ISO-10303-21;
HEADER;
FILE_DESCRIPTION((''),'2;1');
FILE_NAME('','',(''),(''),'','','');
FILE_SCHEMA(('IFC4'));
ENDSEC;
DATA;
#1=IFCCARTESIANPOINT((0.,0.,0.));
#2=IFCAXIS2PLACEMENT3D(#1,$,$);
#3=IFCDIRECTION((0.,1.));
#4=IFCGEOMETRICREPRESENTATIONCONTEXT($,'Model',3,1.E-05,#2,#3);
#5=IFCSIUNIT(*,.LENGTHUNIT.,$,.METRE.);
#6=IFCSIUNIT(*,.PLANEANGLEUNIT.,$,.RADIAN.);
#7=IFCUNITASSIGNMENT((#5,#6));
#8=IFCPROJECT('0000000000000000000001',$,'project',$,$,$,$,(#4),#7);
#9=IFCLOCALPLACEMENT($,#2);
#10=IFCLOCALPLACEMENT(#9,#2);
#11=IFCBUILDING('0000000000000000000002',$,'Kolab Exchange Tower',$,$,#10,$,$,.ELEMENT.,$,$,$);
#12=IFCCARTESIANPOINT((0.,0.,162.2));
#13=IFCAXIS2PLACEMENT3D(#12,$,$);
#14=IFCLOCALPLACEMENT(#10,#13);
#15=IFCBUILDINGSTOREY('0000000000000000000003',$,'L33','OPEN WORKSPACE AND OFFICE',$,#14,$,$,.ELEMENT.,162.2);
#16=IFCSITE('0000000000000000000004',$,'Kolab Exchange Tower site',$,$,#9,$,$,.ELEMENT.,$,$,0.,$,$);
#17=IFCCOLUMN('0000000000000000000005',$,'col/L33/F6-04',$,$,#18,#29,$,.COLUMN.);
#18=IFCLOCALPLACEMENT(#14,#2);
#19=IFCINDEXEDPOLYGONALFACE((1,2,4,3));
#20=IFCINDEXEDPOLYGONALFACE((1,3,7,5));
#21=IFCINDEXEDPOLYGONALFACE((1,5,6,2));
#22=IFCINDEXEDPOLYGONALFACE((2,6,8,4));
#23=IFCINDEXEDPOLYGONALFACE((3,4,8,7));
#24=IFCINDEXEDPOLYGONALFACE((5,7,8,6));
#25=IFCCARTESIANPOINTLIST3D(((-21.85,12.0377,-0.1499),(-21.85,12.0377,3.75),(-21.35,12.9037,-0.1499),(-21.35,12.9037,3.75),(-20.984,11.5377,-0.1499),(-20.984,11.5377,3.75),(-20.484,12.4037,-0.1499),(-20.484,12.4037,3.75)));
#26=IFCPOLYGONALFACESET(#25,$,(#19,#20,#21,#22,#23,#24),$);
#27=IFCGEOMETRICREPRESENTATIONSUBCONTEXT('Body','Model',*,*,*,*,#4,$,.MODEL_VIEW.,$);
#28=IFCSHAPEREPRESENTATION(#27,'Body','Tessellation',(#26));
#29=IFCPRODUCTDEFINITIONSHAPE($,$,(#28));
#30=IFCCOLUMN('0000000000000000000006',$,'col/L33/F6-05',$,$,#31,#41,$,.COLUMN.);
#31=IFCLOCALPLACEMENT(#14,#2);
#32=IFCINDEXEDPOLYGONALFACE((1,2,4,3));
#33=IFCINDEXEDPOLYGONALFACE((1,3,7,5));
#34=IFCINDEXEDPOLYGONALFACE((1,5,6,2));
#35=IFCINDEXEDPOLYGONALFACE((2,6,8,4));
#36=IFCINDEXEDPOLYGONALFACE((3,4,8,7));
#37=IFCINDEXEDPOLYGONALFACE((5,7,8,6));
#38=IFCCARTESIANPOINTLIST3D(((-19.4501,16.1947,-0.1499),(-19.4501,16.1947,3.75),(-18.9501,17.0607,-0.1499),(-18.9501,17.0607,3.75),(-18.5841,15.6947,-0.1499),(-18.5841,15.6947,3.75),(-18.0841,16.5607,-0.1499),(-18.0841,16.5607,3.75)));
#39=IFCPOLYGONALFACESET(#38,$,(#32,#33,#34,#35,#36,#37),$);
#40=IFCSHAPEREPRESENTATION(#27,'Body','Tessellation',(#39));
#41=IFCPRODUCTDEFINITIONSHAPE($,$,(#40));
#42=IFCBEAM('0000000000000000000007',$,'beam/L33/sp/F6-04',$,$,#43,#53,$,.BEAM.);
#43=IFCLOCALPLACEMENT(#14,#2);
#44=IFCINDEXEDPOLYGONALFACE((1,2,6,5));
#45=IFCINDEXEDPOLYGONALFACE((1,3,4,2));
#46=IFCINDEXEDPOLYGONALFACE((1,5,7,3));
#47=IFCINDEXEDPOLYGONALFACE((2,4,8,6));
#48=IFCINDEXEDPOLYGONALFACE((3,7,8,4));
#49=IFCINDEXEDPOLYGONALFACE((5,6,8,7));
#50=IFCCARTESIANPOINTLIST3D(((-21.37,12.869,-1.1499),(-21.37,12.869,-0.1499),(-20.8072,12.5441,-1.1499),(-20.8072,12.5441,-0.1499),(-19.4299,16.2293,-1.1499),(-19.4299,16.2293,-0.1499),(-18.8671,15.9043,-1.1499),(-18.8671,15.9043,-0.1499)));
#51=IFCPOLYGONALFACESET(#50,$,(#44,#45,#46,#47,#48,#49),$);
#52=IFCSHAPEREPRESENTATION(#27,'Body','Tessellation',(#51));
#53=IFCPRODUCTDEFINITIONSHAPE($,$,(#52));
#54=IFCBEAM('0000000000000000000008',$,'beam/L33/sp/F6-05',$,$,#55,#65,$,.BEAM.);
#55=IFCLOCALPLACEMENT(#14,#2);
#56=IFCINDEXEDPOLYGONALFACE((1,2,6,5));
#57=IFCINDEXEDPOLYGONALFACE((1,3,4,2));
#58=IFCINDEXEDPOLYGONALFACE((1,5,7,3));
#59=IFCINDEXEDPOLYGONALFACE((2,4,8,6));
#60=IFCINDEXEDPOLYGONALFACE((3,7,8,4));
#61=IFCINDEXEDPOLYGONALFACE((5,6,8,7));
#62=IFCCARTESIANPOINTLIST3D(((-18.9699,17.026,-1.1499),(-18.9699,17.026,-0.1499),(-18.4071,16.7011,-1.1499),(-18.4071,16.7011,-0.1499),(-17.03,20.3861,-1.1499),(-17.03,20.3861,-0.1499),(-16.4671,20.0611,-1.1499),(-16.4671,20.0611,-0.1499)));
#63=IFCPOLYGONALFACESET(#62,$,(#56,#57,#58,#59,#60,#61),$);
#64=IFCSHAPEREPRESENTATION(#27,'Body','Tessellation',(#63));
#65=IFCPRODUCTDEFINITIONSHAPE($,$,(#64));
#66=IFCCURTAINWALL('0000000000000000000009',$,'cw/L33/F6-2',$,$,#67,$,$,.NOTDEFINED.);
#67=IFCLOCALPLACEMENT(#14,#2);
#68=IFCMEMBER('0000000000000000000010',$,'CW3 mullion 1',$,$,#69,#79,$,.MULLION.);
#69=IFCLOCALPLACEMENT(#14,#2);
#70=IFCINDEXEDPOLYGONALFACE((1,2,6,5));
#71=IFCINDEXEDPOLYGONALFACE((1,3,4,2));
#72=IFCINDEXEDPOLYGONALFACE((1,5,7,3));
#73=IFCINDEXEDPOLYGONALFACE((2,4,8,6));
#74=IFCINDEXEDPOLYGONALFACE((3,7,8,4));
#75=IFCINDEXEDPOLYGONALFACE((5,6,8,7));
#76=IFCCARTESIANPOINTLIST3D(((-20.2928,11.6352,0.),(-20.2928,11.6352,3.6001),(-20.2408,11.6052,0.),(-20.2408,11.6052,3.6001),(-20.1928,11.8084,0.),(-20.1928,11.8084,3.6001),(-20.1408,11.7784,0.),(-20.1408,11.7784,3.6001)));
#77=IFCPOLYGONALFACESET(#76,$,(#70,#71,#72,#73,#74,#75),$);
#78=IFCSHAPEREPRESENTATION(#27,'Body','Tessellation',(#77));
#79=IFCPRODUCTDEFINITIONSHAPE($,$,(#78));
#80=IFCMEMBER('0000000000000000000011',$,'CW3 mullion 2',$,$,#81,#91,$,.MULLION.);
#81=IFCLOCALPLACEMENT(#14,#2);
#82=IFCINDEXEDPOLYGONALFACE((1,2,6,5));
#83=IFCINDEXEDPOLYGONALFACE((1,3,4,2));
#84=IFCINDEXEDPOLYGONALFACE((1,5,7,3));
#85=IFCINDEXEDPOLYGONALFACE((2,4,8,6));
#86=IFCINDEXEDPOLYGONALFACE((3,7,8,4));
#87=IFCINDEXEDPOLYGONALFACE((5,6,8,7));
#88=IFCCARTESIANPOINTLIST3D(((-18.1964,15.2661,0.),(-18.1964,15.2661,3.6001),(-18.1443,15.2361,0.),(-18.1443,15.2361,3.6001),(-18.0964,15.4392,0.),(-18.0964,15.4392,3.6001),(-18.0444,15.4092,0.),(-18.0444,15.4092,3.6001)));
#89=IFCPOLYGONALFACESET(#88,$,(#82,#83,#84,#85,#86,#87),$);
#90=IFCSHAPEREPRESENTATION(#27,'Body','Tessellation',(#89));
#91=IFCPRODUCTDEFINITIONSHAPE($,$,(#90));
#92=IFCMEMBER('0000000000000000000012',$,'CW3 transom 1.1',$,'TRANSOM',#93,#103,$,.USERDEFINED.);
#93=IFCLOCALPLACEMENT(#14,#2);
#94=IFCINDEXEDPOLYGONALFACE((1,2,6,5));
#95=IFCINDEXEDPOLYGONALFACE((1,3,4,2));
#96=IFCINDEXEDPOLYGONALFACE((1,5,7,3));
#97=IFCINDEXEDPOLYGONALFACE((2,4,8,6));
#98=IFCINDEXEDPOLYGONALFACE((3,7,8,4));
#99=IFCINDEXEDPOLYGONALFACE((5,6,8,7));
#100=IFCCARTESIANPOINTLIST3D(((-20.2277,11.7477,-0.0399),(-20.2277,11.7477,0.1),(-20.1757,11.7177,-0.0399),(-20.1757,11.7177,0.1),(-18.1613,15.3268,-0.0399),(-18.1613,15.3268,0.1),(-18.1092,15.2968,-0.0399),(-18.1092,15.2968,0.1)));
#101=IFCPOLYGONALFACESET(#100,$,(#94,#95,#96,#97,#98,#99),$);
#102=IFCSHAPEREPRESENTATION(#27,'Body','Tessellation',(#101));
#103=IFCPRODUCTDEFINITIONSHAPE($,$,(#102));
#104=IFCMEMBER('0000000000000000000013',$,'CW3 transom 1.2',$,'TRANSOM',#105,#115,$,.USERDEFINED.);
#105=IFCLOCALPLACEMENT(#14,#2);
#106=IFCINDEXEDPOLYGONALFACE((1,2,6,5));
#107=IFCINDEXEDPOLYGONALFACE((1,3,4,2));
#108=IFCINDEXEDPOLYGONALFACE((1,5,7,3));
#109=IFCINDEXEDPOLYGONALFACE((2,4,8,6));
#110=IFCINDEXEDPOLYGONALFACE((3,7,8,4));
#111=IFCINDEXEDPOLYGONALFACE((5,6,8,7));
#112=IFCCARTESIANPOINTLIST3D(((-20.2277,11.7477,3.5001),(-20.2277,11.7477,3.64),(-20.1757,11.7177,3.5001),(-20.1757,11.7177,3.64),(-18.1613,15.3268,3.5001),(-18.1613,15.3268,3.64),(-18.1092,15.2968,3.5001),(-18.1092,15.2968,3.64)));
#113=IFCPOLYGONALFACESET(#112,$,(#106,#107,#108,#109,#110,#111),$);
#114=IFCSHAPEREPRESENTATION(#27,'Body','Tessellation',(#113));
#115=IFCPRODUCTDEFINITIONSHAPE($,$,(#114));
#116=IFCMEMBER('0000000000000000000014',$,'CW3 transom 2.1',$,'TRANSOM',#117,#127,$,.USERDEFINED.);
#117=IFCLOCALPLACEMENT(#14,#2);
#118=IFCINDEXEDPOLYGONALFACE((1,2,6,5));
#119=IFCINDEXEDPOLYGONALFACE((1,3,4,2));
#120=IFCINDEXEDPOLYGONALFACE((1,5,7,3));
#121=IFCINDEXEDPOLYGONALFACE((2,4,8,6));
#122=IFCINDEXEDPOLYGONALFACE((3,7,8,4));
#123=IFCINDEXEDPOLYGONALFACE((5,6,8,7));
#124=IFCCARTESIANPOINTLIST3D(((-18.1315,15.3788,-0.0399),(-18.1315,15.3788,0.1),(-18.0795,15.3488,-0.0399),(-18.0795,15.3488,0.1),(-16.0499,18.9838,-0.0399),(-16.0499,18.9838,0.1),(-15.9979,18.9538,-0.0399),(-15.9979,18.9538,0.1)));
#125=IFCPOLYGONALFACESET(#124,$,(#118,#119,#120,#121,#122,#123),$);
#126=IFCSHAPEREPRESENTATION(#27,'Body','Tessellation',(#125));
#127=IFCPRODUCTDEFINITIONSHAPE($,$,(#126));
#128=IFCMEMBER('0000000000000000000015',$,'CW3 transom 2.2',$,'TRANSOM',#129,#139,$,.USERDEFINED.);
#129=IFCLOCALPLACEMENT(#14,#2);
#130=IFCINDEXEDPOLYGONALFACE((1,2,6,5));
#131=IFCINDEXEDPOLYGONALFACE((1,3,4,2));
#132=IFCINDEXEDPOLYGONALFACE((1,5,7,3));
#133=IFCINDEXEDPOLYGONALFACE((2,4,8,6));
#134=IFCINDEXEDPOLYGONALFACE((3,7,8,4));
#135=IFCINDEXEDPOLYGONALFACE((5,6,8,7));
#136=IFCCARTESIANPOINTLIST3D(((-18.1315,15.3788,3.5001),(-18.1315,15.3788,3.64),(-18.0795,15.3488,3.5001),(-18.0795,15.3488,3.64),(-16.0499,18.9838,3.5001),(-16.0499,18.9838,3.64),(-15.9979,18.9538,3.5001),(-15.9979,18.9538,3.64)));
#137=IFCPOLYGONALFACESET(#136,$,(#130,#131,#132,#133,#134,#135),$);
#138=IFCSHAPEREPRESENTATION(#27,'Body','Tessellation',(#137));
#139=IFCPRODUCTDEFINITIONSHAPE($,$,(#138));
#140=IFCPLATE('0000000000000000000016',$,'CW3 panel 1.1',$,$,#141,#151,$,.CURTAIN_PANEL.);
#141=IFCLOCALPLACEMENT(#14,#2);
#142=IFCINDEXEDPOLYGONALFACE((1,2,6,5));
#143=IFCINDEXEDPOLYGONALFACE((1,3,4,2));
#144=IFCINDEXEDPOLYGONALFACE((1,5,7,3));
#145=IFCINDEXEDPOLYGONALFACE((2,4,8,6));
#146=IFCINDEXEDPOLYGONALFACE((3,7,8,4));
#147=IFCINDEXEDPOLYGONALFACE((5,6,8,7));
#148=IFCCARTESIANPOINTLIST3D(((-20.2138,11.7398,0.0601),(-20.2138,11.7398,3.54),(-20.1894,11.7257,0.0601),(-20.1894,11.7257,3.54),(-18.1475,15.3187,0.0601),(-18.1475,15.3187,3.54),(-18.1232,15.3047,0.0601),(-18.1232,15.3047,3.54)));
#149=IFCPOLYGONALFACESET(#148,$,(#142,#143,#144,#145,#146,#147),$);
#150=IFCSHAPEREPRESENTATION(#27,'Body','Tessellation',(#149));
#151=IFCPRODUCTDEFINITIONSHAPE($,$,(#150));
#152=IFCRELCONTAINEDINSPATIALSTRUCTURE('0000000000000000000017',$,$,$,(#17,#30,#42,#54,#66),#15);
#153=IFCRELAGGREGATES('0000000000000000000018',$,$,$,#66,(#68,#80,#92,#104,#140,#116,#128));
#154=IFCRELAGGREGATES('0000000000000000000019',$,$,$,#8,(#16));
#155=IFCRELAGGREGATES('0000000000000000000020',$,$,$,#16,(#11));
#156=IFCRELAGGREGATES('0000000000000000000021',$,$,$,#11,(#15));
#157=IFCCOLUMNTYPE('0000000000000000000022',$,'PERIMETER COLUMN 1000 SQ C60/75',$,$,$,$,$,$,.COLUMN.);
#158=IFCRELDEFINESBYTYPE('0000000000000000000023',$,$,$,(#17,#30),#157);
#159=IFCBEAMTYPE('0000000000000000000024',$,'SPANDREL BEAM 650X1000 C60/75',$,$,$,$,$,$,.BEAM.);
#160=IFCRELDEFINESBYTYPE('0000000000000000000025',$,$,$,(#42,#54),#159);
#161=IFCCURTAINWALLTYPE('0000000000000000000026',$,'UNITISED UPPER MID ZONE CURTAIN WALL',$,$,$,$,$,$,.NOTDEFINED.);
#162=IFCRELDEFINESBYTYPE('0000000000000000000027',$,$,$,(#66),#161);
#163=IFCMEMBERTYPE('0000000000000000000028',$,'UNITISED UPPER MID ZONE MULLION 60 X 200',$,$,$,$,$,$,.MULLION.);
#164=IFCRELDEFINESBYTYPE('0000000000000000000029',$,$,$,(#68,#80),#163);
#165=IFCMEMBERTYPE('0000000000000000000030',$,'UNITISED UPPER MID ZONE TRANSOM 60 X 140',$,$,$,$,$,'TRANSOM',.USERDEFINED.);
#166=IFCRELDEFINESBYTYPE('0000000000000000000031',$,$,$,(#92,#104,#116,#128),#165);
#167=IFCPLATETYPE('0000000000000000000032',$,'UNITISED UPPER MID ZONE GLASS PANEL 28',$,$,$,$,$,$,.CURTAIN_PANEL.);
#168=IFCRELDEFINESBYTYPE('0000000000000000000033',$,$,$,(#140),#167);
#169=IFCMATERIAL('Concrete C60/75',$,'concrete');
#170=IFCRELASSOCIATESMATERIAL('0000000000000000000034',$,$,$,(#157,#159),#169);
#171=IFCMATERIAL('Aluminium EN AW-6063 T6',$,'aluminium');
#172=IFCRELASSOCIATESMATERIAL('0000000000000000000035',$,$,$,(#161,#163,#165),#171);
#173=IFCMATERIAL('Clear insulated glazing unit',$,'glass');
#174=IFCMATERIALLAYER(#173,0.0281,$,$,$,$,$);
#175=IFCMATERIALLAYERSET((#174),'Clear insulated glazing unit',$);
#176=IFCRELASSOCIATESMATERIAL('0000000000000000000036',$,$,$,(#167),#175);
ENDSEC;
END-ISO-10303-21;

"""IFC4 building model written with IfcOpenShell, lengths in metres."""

from ifc_helpers import new_model, si_unit, direction, frame, origin, origin_2d, place, context, subcontext, project, spatial, rectangle, extrude, material, layer, layer_set, material_profile, profile_set, type_object, element, aggregate, save


model = new_model("IFC4")

# Units and contexts
model_context = context("Model", 3, precision=1e-05, world=origin(), true_north=direction((0.0, 1.0)))
body_context = subcontext(model_context, "Body", "Model", "MODEL_VIEW")
ifc_project = project(units=[si_unit("LENGTHUNIT", "METRE"), si_unit("PLANEANGLEUNIT", "RADIAN")], contexts=[model_context])

# Site, building, storey
site_placement = place(None, origin())
site = spatial("IfcSite", under=ifc_project, at=site_placement, Name="Kolab Exchange Tower site", CompositionType="ELEMENT", RefElevation=0.0)
building_placement = place(site_placement, origin())
building = spatial("IfcBuilding", under=site, at=building_placement, Name="Kolab Exchange Tower", CompositionType="ELEMENT")
storey_placement = place(building_placement, frame((0.0, 0.0, 162.2)))
storey = spatial("IfcBuildingStorey", under=building, at=storey_placement, Name="L33", Description="OPEN WORKSPACE AND OFFICE", CompositionType="ELEMENT", Elevation=162.2)

# Columns
ifc_material_1 = material(Name="Concrete C60/75", Category="concrete")
ifc_material_profile_1 = material_profile(ifc_material_1, rectangle(XDim=1.0, YDim=1.0, at=origin_2d()), Name="RC1000")
ifc_profile_set_1 = profile_set([ifc_material_profile_1], Name="Concrete C60/75")
column_type = type_object("IfcColumnType", Name="PERIMETER COLUMN 1000 SQ C60/75", PredefinedType="COLUMN", material=ifc_profile_set_1)
for number, where, z_axis, x_axis, name in (
    (1, (-21.167, 12.2207, -0.1499), (0.0, 0.0, 1.0), (0.5, 0.866025, 0.0), "col/L33/F6-04"),
    (2, (-18.7671, 16.3777, -0.1499), (0.0, 0.0, 1.0), (0.5, 0.866025, 0.0), "col/L33/F6-05"),
):
    element("IfcColumn", number, at=place(storey_placement, frame(where, z_axis=z_axis, x_axis=x_axis)), inside=storey, type_object=column_type, Name=name, PredefinedType="COLUMN", context=body_context, shape_type="SweptSolid", body=[
        extrude(rectangle(XDim=1.0, YDim=1.0, at=origin_2d()), origin(), (0.0, 0.0, 1.0), 3.8999),
    ])

# Beams
ifc_material_profile_2 = material_profile(ifc_material_1, rectangle(XDim=0.6499, YDim=1.0, at=origin_2d()), Name="RC650X1000")
ifc_profile_set_2 = profile_set([ifc_material_profile_2], Name="Concrete C60/75")
beam_type = type_object("IfcBeamType", Name="SPANDREL BEAM 650X1000 C60/75", PredefinedType="BEAM", material=ifc_profile_set_2)
beam_1_placement = place(storey_placement, frame((-21.0886, 12.7065, -0.6499), z_axis=(0.500017, 0.866016, 0.0), x_axis=(-0.866016, 0.500017, 0.0)))
element("IfcBeam", 3, at=beam_1_placement, inside=storey, type_object=beam_type, Name="beam/L33/sp/F6-04", PredefinedType="BEAM", context=body_context, shape_type="SweptSolid", body=[
    extrude(rectangle(XDim=0.6499, YDim=1.0, at=origin_2d()), origin(), (0.0, 0.0, 1.0), 3.8801),
])
beam_2_placement = place(storey_placement, frame((-18.6885, 16.8635, -0.6499), z_axis=(0.499997, 0.866027, 0.0), x_axis=(-0.866027, 0.499997, 0.0)))
element("IfcBeam", 4, at=beam_2_placement, inside=storey, type_object=beam_type, Name="beam/L33/sp/F6-05", PredefinedType="BEAM", context=body_context, shape_type="SweptSolid", body=[
    extrude(rectangle(XDim=0.6499, YDim=1.0, at=origin_2d()), origin(), (0.0, 0.0, 1.0), 3.8799),
])

# Curtain wall, members, plate
ifc_material_2 = material(Name="Aluminium EN AW-6063 T6", Category="aluminium")
curtain_wall_type = type_object("IfcCurtainWallType", Name="UNITISED UPPER MID ZONE CURTAIN WALL", PredefinedType="NOTDEFINED", material=ifc_material_2)
curtain_wall_placement = place(storey_placement, origin())
curtain_wall = element("IfcCurtainWall", 5, at=curtain_wall_placement, inside=storey, type_object=curtain_wall_type, Name="cw/L33/F6-2", PredefinedType="NOTDEFINED")
ifc_material_profile_3 = material_profile(ifc_material_2, rectangle(XDim=0.0601, YDim=0.2, at=origin_2d()), Name="RECT 60X200")
ifc_profile_set_3 = profile_set([ifc_material_profile_3], Name="Aluminium EN AW-6063 T6")
member_type_1 = type_object("IfcMemberType", Name="UNITISED UPPER MID ZONE MULLION 60 X 200", PredefinedType="MULLION", material=ifc_profile_set_3)
member_1_placement = place(storey_placement, frame((-20.2168, 11.7068, 0.0), z_axis=(0.0, 0.0, 1.0), x_axis=(-0.866025, 0.5, 0.0)))
member_1 = element("IfcMember", 6, at=member_1_placement, type_object=member_type_1, Name="CW3 mullion 1", PredefinedType="MULLION", context=body_context, shape_type="SweptSolid", body=[
    extrude(rectangle(XDim=0.0601, YDim=0.2, at=origin_2d()), origin(), (0.0, 0.0, 1.0), 3.6001),
])
member_2_placement = place(storey_placement, frame((-18.1204, 15.3376, 0.0), z_axis=(0.0, 0.0, 1.0), x_axis=(-0.866025, 0.5, 0.0)))
member_2 = element("IfcMember", 7, at=member_2_placement, type_object=member_type_1, Name="CW3 mullion 2", PredefinedType="MULLION", context=body_context, shape_type="SweptSolid", body=[
    extrude(rectangle(XDim=0.0601, YDim=0.2, at=origin_2d()), origin(), (0.0, 0.0, 1.0), 3.6001),
])
ifc_material_profile_4 = material_profile(ifc_material_2, rectangle(XDim=0.0601, YDim=0.1399, at=origin_2d()), Name="RECT 60X140")
ifc_profile_set_4 = profile_set([ifc_material_profile_4], Name="Aluminium EN AW-6063 T6")
member_type_2 = type_object("IfcMemberType", Name="UNITISED UPPER MID ZONE TRANSOM 60 X 140", ElementType="TRANSOM", PredefinedType="USERDEFINED", material=ifc_profile_set_4)
member_3_placement = place(storey_placement, frame((-20.2017, 11.7327, 0.03), z_axis=(0.500002, 0.866024, 0.0), x_axis=(-0.866024, 0.500002, 0.0)))
member_3 = element("IfcMember", 8, at=member_3_placement, type_object=member_type_2, Name="CW3 transom 1.1", ObjectType="TRANSOM", PredefinedType="USERDEFINED", context=body_context, shape_type="SweptSolid", body=[
    extrude(rectangle(XDim=0.0601, YDim=0.1399, at=origin_2d()), origin(), (0.0, 0.0, 1.0), 4.1328),
])
member_4_placement = place(storey_placement, frame((-20.2017, 11.7327, 3.5701), z_axis=(0.500002, 0.866024, 0.0), x_axis=(-0.866024, 0.500002, 0.0)))
member_4 = element("IfcMember", 9, at=member_4_placement, type_object=member_type_2, Name="CW3 transom 1.2", ObjectType="TRANSOM", PredefinedType="USERDEFINED", context=body_context, shape_type="SweptSolid", body=[
    extrude(rectangle(XDim=0.0601, YDim=0.1399, at=origin_2d()), origin(), (0.0, 0.0, 1.0), 4.1328),
])
member_5_placement = place(storey_placement, frame((-18.1055, 15.3638, 0.03), z_axis=(0.500037, 0.866004, 0.0), x_axis=(-0.866004, 0.500037, 0.0)))
member_5 = element("IfcMember", 10, at=member_5_placement, type_object=member_type_2, Name="CW3 transom 2.1", ObjectType="TRANSOM", PredefinedType="USERDEFINED", context=body_context, shape_type="SweptSolid", body=[
    extrude(rectangle(XDim=0.0601, YDim=0.1399, at=origin_2d()), origin(), (0.0, 0.0, 1.0), 4.1628),
])
member_6_placement = place(storey_placement, frame((-18.1055, 15.3638, 3.5701), z_axis=(0.500037, 0.866004, 0.0), x_axis=(-0.866004, 0.500037, 0.0)))
member_6 = element("IfcMember", 11, at=member_6_placement, type_object=member_type_2, Name="CW3 transom 2.2", ObjectType="TRANSOM", PredefinedType="USERDEFINED", context=body_context, shape_type="SweptSolid", body=[
    extrude(rectangle(XDim=0.0601, YDim=0.1399, at=origin_2d()), origin(), (0.0, 0.0, 1.0), 4.1628),
])
ifc_material_3 = material(Name="Clear insulated glazing unit", Category="glass")
ifc_layer_1 = layer(ifc_material_3, 0.0281)
ifc_layer_set_1 = layer_set([ifc_layer_1], Name="Clear insulated glazing unit")
plate_type = type_object("IfcPlateType", Name="UNITISED UPPER MID ZONE GLASS PANEL 28", PredefinedType="CURTAIN_PANEL", material=ifc_layer_set_1)
plate_placement = place(storey_placement, frame((-19.1685, 13.5222, 0.0601), z_axis=(0.0, 0.0, 1.0), x_axis=(0.5, 0.866025, 0.0)))
plate = element("IfcPlate", 12, at=plate_placement, type_object=plate_type, Name="CW3 panel 1.1", PredefinedType="CURTAIN_PANEL", context=body_context, shape_type="SweptSolid", body=[
    extrude(rectangle(XDim=4.1326, YDim=0.0281, at=origin_2d()), origin(), (0.0, 0.0, 1.0), 3.48),
])
aggregate(curtain_wall, [member_1, member_2, member_3, member_4, plate, member_5, member_6])

save(model, "model.ifc")
